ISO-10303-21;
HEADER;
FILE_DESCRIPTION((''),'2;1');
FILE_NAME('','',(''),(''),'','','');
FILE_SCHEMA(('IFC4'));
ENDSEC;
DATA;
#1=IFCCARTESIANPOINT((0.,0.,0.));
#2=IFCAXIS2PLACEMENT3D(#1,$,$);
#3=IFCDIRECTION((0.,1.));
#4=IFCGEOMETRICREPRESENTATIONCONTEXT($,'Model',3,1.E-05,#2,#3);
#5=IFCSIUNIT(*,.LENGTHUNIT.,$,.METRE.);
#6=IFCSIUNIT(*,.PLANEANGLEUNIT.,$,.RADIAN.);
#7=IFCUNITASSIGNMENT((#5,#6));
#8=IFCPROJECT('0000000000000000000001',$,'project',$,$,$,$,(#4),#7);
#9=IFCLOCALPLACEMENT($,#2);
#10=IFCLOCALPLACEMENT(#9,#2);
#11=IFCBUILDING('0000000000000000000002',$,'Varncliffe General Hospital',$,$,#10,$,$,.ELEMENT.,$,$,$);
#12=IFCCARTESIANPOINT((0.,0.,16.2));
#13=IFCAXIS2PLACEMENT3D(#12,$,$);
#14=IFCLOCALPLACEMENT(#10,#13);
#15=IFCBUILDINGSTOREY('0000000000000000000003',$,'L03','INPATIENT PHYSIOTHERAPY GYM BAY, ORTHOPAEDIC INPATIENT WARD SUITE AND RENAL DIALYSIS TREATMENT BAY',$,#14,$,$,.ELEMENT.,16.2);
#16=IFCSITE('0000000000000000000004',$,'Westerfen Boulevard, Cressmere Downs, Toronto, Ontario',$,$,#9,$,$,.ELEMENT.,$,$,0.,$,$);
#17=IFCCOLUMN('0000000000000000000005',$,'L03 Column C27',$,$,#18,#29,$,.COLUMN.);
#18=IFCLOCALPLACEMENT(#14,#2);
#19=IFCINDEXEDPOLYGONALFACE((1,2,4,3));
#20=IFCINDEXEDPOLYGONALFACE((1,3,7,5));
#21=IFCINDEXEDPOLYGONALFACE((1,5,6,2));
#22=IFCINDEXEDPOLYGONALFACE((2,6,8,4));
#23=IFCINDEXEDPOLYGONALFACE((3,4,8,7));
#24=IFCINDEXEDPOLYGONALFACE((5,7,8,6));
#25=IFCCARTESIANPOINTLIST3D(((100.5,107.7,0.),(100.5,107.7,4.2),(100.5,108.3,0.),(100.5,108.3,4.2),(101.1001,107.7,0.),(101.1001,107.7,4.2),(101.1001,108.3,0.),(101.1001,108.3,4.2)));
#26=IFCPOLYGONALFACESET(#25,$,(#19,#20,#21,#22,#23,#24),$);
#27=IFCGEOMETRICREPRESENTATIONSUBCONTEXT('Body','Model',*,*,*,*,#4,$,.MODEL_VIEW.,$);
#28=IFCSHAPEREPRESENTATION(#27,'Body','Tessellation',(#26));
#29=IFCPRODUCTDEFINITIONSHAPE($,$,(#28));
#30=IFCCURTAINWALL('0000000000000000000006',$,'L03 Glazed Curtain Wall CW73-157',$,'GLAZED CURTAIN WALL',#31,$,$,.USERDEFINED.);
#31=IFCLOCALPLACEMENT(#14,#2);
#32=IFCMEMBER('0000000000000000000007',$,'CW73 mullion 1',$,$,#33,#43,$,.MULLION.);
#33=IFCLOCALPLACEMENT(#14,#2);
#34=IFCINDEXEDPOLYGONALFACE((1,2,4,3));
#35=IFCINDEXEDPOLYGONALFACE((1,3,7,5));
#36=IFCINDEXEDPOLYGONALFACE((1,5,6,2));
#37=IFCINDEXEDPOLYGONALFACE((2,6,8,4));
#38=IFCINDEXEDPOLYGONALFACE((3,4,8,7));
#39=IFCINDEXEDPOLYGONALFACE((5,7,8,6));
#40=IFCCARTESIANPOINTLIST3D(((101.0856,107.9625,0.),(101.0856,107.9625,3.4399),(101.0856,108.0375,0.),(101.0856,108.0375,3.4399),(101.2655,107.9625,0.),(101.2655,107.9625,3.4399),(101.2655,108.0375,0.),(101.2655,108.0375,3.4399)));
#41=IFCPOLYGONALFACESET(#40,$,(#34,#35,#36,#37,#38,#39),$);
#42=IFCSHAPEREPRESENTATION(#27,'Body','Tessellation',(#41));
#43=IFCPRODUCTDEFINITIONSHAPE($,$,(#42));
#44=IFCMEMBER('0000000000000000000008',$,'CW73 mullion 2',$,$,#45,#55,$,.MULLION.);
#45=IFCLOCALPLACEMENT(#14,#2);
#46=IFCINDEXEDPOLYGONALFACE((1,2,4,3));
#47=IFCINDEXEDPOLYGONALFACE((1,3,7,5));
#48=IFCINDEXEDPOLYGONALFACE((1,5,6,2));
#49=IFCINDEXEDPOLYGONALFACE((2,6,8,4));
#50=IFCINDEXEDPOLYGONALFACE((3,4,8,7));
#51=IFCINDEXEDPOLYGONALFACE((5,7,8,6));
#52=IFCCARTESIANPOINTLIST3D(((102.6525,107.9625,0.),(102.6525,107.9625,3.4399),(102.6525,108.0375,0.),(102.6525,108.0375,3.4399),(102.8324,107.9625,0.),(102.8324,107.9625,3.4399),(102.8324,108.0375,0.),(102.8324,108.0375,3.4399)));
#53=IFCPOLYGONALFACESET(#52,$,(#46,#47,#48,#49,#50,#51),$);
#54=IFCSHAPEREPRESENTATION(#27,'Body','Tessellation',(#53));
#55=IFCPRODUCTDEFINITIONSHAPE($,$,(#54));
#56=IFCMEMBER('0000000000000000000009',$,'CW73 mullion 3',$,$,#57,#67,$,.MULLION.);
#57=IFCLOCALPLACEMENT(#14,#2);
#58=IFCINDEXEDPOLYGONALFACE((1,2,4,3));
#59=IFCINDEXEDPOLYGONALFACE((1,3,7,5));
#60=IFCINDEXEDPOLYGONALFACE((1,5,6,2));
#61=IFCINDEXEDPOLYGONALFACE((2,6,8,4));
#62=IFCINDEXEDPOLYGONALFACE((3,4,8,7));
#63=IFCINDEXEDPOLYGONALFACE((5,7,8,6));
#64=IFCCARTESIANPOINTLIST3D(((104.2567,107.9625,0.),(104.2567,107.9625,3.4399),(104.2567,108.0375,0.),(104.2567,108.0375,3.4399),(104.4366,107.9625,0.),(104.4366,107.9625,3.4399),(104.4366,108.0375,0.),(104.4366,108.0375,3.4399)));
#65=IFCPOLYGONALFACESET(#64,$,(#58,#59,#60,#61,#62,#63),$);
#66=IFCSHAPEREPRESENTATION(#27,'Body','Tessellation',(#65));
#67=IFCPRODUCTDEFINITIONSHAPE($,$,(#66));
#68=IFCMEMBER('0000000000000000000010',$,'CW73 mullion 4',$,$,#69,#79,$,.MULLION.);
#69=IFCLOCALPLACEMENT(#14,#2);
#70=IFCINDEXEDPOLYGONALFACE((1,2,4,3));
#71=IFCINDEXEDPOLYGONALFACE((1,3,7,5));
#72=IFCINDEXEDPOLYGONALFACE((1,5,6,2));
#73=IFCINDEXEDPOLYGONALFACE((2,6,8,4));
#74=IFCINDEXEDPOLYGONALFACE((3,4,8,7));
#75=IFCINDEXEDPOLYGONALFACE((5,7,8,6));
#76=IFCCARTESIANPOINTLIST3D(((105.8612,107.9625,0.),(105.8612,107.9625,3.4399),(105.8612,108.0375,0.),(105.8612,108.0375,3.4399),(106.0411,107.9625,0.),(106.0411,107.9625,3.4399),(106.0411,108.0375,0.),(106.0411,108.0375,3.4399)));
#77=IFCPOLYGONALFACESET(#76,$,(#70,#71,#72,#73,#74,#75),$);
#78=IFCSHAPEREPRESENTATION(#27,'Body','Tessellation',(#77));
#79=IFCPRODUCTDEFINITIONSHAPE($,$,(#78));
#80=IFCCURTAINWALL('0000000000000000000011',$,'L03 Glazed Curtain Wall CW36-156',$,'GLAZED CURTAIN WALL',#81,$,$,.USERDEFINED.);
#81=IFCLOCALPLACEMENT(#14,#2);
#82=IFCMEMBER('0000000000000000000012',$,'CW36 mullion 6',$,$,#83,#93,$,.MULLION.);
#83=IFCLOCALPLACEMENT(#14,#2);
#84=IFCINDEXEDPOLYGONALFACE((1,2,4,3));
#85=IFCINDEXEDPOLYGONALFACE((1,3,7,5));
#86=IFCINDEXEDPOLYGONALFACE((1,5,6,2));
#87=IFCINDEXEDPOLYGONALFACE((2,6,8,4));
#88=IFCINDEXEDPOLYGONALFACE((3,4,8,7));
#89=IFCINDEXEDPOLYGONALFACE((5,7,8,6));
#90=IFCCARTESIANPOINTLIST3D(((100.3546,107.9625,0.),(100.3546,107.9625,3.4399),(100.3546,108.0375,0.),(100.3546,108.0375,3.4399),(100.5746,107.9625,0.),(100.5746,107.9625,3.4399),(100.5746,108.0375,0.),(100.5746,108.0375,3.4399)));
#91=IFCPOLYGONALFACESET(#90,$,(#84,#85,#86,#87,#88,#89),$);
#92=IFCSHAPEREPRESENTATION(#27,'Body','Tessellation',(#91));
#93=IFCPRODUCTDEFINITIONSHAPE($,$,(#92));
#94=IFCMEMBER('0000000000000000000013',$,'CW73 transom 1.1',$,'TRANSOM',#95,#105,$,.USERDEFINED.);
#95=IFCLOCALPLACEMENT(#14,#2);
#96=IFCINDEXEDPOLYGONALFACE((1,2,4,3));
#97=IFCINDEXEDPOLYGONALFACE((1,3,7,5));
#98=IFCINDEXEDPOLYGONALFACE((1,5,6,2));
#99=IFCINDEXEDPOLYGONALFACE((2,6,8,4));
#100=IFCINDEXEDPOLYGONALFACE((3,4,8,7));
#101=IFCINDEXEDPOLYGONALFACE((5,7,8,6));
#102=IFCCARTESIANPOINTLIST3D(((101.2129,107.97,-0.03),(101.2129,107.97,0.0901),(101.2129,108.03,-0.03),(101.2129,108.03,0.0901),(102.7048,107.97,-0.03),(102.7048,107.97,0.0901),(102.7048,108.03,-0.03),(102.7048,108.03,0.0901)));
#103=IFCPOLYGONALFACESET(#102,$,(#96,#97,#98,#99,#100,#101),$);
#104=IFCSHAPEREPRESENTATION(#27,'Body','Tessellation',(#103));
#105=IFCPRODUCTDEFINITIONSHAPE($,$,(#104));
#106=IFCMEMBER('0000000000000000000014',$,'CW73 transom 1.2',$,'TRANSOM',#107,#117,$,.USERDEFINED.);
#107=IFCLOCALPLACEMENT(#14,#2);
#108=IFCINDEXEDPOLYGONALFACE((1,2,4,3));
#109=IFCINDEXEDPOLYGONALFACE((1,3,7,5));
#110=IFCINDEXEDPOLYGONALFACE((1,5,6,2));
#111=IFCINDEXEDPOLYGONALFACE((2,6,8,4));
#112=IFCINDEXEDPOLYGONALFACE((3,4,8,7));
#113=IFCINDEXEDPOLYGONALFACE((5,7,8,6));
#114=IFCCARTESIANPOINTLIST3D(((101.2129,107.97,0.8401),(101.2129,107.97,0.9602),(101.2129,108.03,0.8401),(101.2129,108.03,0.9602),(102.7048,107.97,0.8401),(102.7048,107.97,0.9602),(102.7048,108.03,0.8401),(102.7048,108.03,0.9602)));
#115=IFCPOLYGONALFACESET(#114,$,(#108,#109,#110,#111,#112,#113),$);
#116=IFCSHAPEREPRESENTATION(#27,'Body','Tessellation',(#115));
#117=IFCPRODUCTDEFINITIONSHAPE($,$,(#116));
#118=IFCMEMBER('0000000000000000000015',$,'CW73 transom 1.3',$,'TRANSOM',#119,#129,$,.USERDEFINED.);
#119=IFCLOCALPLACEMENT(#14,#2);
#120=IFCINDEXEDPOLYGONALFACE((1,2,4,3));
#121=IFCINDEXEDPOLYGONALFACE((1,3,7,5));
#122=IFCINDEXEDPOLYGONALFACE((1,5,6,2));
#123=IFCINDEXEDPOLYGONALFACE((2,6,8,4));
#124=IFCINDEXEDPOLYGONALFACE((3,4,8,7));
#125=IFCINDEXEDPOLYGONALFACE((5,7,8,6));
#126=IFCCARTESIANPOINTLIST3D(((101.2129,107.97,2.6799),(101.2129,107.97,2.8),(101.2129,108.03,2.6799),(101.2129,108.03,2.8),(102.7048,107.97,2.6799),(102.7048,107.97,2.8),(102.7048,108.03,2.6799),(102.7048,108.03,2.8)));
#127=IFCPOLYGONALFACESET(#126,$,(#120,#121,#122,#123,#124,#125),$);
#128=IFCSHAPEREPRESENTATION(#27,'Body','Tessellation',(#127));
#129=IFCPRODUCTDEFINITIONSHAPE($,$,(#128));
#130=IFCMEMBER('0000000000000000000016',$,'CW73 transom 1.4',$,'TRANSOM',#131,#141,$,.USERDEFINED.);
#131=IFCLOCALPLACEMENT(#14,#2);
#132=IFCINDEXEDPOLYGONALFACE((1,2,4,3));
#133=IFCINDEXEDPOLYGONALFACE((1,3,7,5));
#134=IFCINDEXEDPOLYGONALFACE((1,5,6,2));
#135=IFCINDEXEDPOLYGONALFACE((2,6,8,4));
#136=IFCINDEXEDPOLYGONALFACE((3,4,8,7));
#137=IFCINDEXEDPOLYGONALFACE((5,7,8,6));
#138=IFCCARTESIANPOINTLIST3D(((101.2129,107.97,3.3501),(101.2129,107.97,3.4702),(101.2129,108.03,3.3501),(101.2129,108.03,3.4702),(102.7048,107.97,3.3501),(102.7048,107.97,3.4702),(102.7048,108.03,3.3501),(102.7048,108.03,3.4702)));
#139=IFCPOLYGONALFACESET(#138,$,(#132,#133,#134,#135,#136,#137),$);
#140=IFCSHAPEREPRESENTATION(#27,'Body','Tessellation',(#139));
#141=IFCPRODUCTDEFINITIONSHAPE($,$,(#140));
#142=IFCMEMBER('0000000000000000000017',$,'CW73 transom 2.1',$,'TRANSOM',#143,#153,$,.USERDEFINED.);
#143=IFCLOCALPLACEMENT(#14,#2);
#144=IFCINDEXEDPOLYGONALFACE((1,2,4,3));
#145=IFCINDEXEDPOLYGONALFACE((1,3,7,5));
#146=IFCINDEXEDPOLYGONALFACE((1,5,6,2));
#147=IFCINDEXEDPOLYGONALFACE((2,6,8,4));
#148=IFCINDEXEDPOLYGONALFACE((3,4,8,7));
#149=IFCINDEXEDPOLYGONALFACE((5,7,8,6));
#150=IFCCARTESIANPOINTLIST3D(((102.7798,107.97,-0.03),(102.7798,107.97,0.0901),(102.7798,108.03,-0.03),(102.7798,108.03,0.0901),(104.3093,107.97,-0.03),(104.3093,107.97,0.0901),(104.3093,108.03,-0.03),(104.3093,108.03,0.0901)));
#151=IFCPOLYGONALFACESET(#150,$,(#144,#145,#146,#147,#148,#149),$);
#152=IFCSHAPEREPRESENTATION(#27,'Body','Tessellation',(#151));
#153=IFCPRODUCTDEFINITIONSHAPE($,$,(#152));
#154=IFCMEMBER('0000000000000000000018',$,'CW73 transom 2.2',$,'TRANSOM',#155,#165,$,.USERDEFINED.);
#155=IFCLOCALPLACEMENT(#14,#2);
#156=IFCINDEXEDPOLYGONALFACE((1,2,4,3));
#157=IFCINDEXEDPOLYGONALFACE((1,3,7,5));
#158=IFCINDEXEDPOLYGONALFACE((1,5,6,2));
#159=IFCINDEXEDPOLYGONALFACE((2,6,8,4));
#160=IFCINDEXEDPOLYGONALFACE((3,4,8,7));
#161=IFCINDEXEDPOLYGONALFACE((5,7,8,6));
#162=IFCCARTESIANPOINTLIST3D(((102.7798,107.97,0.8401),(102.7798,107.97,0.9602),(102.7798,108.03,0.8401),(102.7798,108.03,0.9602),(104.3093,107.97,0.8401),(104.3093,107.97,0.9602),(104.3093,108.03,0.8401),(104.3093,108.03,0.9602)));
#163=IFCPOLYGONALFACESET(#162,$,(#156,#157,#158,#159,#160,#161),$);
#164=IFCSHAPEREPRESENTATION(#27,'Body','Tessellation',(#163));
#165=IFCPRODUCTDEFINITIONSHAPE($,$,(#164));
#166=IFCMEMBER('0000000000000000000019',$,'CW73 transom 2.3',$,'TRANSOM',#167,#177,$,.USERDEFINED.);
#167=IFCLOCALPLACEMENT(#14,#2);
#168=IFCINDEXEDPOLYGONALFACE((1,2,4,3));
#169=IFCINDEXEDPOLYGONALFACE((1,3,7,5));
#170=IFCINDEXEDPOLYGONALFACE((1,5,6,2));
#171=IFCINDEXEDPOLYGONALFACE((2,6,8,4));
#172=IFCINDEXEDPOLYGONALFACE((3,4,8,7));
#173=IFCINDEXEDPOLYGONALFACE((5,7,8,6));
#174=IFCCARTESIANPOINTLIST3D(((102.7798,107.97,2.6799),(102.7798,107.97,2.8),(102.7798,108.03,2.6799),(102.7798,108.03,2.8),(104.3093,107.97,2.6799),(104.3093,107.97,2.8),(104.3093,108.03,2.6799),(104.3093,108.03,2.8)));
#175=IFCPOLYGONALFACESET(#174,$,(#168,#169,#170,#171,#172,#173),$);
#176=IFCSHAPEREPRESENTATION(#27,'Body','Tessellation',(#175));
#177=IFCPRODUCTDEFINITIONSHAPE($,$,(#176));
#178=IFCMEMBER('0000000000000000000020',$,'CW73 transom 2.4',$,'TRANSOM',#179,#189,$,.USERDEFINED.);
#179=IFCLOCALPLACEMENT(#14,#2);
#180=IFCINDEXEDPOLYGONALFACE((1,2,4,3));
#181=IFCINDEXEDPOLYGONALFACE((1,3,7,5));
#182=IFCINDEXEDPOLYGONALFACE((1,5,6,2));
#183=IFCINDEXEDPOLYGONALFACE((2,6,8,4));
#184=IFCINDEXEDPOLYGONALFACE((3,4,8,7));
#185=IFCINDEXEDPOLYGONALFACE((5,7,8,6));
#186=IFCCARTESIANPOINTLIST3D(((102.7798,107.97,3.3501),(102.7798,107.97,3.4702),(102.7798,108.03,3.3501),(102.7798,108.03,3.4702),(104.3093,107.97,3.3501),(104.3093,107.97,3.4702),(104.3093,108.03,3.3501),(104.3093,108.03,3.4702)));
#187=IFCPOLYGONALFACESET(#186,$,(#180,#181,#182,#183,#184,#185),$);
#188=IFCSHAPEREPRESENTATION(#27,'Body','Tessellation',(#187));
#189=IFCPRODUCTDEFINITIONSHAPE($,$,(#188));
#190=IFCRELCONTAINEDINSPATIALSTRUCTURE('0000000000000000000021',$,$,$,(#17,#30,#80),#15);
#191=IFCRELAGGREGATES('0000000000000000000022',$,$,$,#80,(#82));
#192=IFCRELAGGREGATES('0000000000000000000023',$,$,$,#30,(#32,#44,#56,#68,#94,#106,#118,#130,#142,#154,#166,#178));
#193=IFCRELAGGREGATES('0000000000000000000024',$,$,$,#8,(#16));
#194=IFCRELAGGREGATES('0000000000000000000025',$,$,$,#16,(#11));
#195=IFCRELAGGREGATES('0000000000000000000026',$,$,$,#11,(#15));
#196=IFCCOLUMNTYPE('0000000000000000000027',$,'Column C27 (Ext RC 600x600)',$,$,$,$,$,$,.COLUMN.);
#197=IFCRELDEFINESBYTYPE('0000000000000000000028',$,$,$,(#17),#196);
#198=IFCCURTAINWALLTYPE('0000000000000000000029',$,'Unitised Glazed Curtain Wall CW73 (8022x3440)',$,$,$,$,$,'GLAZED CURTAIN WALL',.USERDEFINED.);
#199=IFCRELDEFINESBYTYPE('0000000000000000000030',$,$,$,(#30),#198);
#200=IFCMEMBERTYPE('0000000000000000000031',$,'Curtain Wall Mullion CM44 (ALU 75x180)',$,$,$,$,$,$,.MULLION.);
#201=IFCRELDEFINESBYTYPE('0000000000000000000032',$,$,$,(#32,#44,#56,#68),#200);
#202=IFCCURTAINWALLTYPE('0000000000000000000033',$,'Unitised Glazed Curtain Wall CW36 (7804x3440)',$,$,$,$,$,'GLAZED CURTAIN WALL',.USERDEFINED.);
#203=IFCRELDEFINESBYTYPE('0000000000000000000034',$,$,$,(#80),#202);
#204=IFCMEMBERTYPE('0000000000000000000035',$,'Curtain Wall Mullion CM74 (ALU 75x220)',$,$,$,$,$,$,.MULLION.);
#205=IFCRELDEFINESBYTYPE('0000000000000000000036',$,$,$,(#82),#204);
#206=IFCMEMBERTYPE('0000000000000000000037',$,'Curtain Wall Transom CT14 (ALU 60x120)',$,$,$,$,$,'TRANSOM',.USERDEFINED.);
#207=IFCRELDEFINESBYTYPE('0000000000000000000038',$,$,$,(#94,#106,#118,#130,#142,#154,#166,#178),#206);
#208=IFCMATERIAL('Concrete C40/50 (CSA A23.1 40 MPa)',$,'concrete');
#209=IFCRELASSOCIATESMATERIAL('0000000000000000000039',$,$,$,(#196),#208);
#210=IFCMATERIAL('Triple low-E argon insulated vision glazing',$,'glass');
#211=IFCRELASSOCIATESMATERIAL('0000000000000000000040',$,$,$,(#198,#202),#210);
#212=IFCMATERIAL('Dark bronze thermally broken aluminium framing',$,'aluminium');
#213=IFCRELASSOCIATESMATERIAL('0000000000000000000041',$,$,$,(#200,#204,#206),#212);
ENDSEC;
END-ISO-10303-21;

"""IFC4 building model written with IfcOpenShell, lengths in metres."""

from ifc_helpers import new_model, si_unit, direction, frame, origin, origin_2d, place, context, subcontext, project, spatial, rectangle, extrude, material, material_profile, profile_set, type_object, element, aggregate, save


model = new_model("IFC4")

# Units and contexts
model_context = context("Model", 3, precision=1e-05, world=origin(), true_north=direction((0.0, 1.0)))
body_context = subcontext(model_context, "Body", "Model", "MODEL_VIEW")
ifc_project = project(units=[si_unit("LENGTHUNIT", "METRE"), si_unit("PLANEANGLEUNIT", "RADIAN")], contexts=[model_context])

# Site, building, storey
site_placement = place(None, origin())
site = spatial("IfcSite", under=ifc_project, at=site_placement, Name="Westerfen Boulevard, Cressmere Downs, Toronto, Ontario", CompositionType="ELEMENT", RefElevation=0.0)
building_placement = place(site_placement, origin())
building = spatial("IfcBuilding", under=site, at=building_placement, Name="Varncliffe General Hospital", CompositionType="ELEMENT")
storey_placement = place(building_placement, frame((0.0, 0.0, 16.2)))
storey = spatial("IfcBuildingStorey", under=building, at=storey_placement, Name="L03", Description="INPATIENT PHYSIOTHERAPY GYM BAY, ORTHOPAEDIC INPATIENT WARD SUITE AND RENAL DIALYSIS TREATMENT BAY", CompositionType="ELEMENT", Elevation=16.2)

# Column
ifc_material_1 = material(Name="Concrete C40/50 (CSA A23.1 40 MPa)", Category="concrete")
ifc_material_profile_1 = material_profile(ifc_material_1, rectangle(XDim=0.6001, YDim=0.6001, at=origin_2d()), Name="RC 600x600")
ifc_profile_set_1 = profile_set([ifc_material_profile_1], Name="Concrete C40/50 (CSA A23.1 40 MPa)")
column_type = type_object("IfcColumnType", Name="Column C27 (Ext RC 600x600)", PredefinedType="COLUMN", material=ifc_profile_set_1)
column_placement = place(storey_placement, frame((100.8, 108.0, 0.0), z_axis=(0.0, 0.0, 1.0), x_axis=(1.0, 0.0, 0.0)))
element("IfcColumn", 1, at=column_placement, inside=storey, type_object=column_type, Name="L03 Column C27", PredefinedType="COLUMN", context=body_context, shape_type="SweptSolid", body=[
    extrude(rectangle(XDim=0.6001, YDim=0.6001, at=origin_2d()), origin(), (0.0, 0.0, 1.0), 4.2),
])

# Curtain wall, members
ifc_material_2 = material(Name="Triple low-E argon insulated vision glazing", Category="glass")
curtain_wall_type_1 = type_object("IfcCurtainWallType", Name="Unitised Glazed Curtain Wall CW73 (8022x3440)", ElementType="GLAZED CURTAIN WALL", PredefinedType="USERDEFINED", material=ifc_material_2)
curtain_wall_1_placement = place(storey_placement, origin())
curtain_wall_1 = element("IfcCurtainWall", 2, at=curtain_wall_1_placement, inside=storey, type_object=curtain_wall_type_1, Name="L03 Glazed Curtain Wall CW73-157", ObjectType="GLAZED CURTAIN WALL", PredefinedType="USERDEFINED")
ifc_material_3 = material(Name="Dark bronze thermally broken aluminium framing", Category="aluminium")
ifc_material_profile_2 = material_profile(ifc_material_3, rectangle(XDim=0.075, YDim=0.1799, at=origin_2d()), Name="ALU 75x180")
ifc_profile_set_2 = profile_set([ifc_material_profile_2], Name="Dark bronze thermally broken aluminium framing")
member_type_1 = type_object("IfcMemberType", Name="Curtain Wall Mullion CM44 (ALU 75x180)", PredefinedType="MULLION", material=ifc_profile_set_2)
member_1_placement = place(storey_placement, frame((101.1755, 108.0, 0.0), z_axis=(0.0, 0.0, 1.0), x_axis=(0.0, 1.0, 0.0)))
member_1 = element("IfcMember", 3, at=member_1_placement, type_object=member_type_1, Name="CW73 mullion 1", PredefinedType="MULLION", context=body_context, shape_type="SweptSolid", body=[
    extrude(rectangle(XDim=0.075, YDim=0.1799, at=origin_2d()), origin(), (0.0, 0.0, 1.0), 3.4399),
])
member_2_placement = place(storey_placement, frame((102.7424, 108.0, 0.0), z_axis=(0.0, 0.0, 1.0), x_axis=(0.0, 1.0, 0.0)))
member_2 = element("IfcMember", 4, at=member_2_placement, type_object=member_type_1, Name="CW73 mullion 2", PredefinedType="MULLION", context=body_context, shape_type="SweptSolid", body=[
    extrude(rectangle(XDim=0.075, YDim=0.1799, at=origin_2d()), origin(), (0.0, 0.0, 1.0), 3.4399),
])
member_3_placement = place(storey_placement, frame((104.3467, 108.0, 0.0), z_axis=(0.0, 0.0, 1.0), x_axis=(0.0, 1.0, 0.0)))
member_3 = element("IfcMember", 5, at=member_3_placement, type_object=member_type_1, Name="CW73 mullion 3", PredefinedType="MULLION", context=body_context, shape_type="SweptSolid", body=[
    extrude(rectangle(XDim=0.075, YDim=0.1799, at=origin_2d()), origin(), (0.0, 0.0, 1.0), 3.4399),
])
member_4_placement = place(storey_placement, frame((105.9512, 108.0, 0.0), z_axis=(0.0, 0.0, 1.0), x_axis=(0.0, 1.0, 0.0)))
member_4 = element("IfcMember", 6, at=member_4_placement, type_object=member_type_1, Name="CW73 mullion 4", PredefinedType="MULLION", context=body_context, shape_type="SweptSolid", body=[
    extrude(rectangle(XDim=0.075, YDim=0.1799, at=origin_2d()), origin(), (0.0, 0.0, 1.0), 3.4399),
])

# Curtain wall, member
curtain_wall_type_2 = type_object("IfcCurtainWallType", Name="Unitised Glazed Curtain Wall CW36 (7804x3440)", ElementType="GLAZED CURTAIN WALL", PredefinedType="USERDEFINED", material=ifc_material_2)
curtain_wall_2_placement = place(storey_placement, origin())
curtain_wall_2 = element("IfcCurtainWall", 7, at=curtain_wall_2_placement, inside=storey, type_object=curtain_wall_type_2, Name="L03 Glazed Curtain Wall CW36-156", ObjectType="GLAZED CURTAIN WALL", PredefinedType="USERDEFINED")
ifc_material_profile_3 = material_profile(ifc_material_3, rectangle(XDim=0.075, YDim=0.22, at=origin_2d()), Name="ALU 75x220")
ifc_profile_set_3 = profile_set([ifc_material_profile_3], Name="Dark bronze thermally broken aluminium framing")
member_type_2 = type_object("IfcMemberType", Name="Curtain Wall Mullion CM74 (ALU 75x220)", PredefinedType="MULLION", material=ifc_profile_set_3)
member_5_placement = place(storey_placement, frame((100.4646, 108.0, 0.0), z_axis=(0.0, 0.0, 1.0), x_axis=(0.0, 1.0, 0.0)))
member_5 = element("IfcMember", 8, at=member_5_placement, type_object=member_type_2, Name="CW36 mullion 6", PredefinedType="MULLION", context=body_context, shape_type="SweptSolid", body=[
    extrude(rectangle(XDim=0.075, YDim=0.22, at=origin_2d()), origin(), (0.0, 0.0, 1.0), 3.4399),
])

# Members
ifc_material_profile_4 = material_profile(ifc_material_3, rectangle(XDim=0.0601, YDim=0.1201, at=origin_2d()), Name="ALU 60x120")
ifc_profile_set_4 = profile_set([ifc_material_profile_4], Name="Dark bronze thermally broken aluminium framing")
member_type_3 = type_object("IfcMemberType", Name="Curtain Wall Transom CT14 (ALU 60x120)", ElementType="TRANSOM", PredefinedType="USERDEFINED", material=ifc_profile_set_4)
member_6_placement = place(storey_placement, frame((101.2129, 108.0, 0.03), z_axis=(1.0, 0.0, 0.0), x_axis=(0.0, 1.0, 0.0)))
member_6 = element("IfcMember", 9, at=member_6_placement, type_object=member_type_3, Name="CW73 transom 1.1", ObjectType="TRANSOM", PredefinedType="USERDEFINED", context=body_context, shape_type="SweptSolid", body=[
    extrude(rectangle(XDim=0.0601, YDim=0.1201, at=origin_2d()), origin(), (0.0, 0.0, 1.0), 1.4919),
])
member_7_placement = place(storey_placement, frame((101.2129, 108.0, 0.9001), z_axis=(1.0, 0.0, 0.0), x_axis=(0.0, 1.0, 0.0)))
member_7 = element("IfcMember", 10, at=member_7_placement, type_object=member_type_3, Name="CW73 transom 1.2", ObjectType="TRANSOM", PredefinedType="USERDEFINED", context=body_context, shape_type="SweptSolid", body=[
    extrude(rectangle(XDim=0.0601, YDim=0.1201, at=origin_2d()), origin(), (0.0, 0.0, 1.0), 1.4919),
])
member_8_placement = place(storey_placement, frame((101.2129, 108.0, 2.74), z_axis=(1.0, 0.0, 0.0), x_axis=(0.0, 1.0, 0.0)))
member_8 = element("IfcMember", 11, at=member_8_placement, type_object=member_type_3, Name="CW73 transom 1.3", ObjectType="TRANSOM", PredefinedType="USERDEFINED", context=body_context, shape_type="SweptSolid", body=[
    extrude(rectangle(XDim=0.0601, YDim=0.1201, at=origin_2d()), origin(), (0.0, 0.0, 1.0), 1.4919),
])
member_9_placement = place(storey_placement, frame((101.2129, 108.0, 3.4102), z_axis=(1.0, 0.0, 0.0), x_axis=(0.0, 1.0, 0.0)))
member_9 = element("IfcMember", 12, at=member_9_placement, type_object=member_type_3, Name="CW73 transom 1.4", ObjectType="TRANSOM", PredefinedType="USERDEFINED", context=body_context, shape_type="SweptSolid", body=[
    extrude(rectangle(XDim=0.0601, YDim=0.1201, at=origin_2d()), origin(), (0.0, 0.0, 1.0), 1.4919),
])
member_10_placement = place(storey_placement, frame((102.7798, 108.0, 0.03), z_axis=(1.0, 0.0, 0.0), x_axis=(0.0, 1.0, 0.0)))
member_10 = element("IfcMember", 13, at=member_10_placement, type_object=member_type_3, Name="CW73 transom 2.1", ObjectType="TRANSOM", PredefinedType="USERDEFINED", context=body_context, shape_type="SweptSolid", body=[
    extrude(rectangle(XDim=0.0601, YDim=0.1201, at=origin_2d()), origin(), (0.0, 0.0, 1.0), 1.5295),
])
member_11_placement = place(storey_placement, frame((102.7798, 108.0, 0.9001), z_axis=(1.0, 0.0, 0.0), x_axis=(0.0, 1.0, 0.0)))
member_11 = element("IfcMember", 14, at=member_11_placement, type_object=member_type_3, Name="CW73 transom 2.2", ObjectType="TRANSOM", PredefinedType="USERDEFINED", context=body_context, shape_type="SweptSolid", body=[
    extrude(rectangle(XDim=0.0601, YDim=0.1201, at=origin_2d()), origin(), (0.0, 0.0, 1.0), 1.5295),
])
member_12_placement = place(storey_placement, frame((102.7798, 108.0, 2.74), z_axis=(1.0, 0.0, 0.0), x_axis=(0.0, 1.0, 0.0)))
member_12 = element("IfcMember", 15, at=member_12_placement, type_object=member_type_3, Name="CW73 transom 2.3", ObjectType="TRANSOM", PredefinedType="USERDEFINED", context=body_context, shape_type="SweptSolid", body=[
    extrude(rectangle(XDim=0.0601, YDim=0.1201, at=origin_2d()), origin(), (0.0, 0.0, 1.0), 1.5295),
])
member_13_placement = place(storey_placement, frame((102.7798, 108.0, 3.4102), z_axis=(1.0, 0.0, 0.0), x_axis=(0.0, 1.0, 0.0)))
member_13 = element("IfcMember", 16, at=member_13_placement, type_object=member_type_3, Name="CW73 transom 2.4", ObjectType="TRANSOM", PredefinedType="USERDEFINED", context=body_context, shape_type="SweptSolid", body=[
    extrude(rectangle(XDim=0.0601, YDim=0.1201, at=origin_2d()), origin(), (0.0, 0.0, 1.0), 1.5295),
])

aggregate(curtain_wall_2, [member_5])
aggregate(curtain_wall_1, [member_1, member_2, member_3, member_4, member_6, member_7, member_8, member_9, member_10, member_11, member_12, member_13])

save(model, "model.ifc")
